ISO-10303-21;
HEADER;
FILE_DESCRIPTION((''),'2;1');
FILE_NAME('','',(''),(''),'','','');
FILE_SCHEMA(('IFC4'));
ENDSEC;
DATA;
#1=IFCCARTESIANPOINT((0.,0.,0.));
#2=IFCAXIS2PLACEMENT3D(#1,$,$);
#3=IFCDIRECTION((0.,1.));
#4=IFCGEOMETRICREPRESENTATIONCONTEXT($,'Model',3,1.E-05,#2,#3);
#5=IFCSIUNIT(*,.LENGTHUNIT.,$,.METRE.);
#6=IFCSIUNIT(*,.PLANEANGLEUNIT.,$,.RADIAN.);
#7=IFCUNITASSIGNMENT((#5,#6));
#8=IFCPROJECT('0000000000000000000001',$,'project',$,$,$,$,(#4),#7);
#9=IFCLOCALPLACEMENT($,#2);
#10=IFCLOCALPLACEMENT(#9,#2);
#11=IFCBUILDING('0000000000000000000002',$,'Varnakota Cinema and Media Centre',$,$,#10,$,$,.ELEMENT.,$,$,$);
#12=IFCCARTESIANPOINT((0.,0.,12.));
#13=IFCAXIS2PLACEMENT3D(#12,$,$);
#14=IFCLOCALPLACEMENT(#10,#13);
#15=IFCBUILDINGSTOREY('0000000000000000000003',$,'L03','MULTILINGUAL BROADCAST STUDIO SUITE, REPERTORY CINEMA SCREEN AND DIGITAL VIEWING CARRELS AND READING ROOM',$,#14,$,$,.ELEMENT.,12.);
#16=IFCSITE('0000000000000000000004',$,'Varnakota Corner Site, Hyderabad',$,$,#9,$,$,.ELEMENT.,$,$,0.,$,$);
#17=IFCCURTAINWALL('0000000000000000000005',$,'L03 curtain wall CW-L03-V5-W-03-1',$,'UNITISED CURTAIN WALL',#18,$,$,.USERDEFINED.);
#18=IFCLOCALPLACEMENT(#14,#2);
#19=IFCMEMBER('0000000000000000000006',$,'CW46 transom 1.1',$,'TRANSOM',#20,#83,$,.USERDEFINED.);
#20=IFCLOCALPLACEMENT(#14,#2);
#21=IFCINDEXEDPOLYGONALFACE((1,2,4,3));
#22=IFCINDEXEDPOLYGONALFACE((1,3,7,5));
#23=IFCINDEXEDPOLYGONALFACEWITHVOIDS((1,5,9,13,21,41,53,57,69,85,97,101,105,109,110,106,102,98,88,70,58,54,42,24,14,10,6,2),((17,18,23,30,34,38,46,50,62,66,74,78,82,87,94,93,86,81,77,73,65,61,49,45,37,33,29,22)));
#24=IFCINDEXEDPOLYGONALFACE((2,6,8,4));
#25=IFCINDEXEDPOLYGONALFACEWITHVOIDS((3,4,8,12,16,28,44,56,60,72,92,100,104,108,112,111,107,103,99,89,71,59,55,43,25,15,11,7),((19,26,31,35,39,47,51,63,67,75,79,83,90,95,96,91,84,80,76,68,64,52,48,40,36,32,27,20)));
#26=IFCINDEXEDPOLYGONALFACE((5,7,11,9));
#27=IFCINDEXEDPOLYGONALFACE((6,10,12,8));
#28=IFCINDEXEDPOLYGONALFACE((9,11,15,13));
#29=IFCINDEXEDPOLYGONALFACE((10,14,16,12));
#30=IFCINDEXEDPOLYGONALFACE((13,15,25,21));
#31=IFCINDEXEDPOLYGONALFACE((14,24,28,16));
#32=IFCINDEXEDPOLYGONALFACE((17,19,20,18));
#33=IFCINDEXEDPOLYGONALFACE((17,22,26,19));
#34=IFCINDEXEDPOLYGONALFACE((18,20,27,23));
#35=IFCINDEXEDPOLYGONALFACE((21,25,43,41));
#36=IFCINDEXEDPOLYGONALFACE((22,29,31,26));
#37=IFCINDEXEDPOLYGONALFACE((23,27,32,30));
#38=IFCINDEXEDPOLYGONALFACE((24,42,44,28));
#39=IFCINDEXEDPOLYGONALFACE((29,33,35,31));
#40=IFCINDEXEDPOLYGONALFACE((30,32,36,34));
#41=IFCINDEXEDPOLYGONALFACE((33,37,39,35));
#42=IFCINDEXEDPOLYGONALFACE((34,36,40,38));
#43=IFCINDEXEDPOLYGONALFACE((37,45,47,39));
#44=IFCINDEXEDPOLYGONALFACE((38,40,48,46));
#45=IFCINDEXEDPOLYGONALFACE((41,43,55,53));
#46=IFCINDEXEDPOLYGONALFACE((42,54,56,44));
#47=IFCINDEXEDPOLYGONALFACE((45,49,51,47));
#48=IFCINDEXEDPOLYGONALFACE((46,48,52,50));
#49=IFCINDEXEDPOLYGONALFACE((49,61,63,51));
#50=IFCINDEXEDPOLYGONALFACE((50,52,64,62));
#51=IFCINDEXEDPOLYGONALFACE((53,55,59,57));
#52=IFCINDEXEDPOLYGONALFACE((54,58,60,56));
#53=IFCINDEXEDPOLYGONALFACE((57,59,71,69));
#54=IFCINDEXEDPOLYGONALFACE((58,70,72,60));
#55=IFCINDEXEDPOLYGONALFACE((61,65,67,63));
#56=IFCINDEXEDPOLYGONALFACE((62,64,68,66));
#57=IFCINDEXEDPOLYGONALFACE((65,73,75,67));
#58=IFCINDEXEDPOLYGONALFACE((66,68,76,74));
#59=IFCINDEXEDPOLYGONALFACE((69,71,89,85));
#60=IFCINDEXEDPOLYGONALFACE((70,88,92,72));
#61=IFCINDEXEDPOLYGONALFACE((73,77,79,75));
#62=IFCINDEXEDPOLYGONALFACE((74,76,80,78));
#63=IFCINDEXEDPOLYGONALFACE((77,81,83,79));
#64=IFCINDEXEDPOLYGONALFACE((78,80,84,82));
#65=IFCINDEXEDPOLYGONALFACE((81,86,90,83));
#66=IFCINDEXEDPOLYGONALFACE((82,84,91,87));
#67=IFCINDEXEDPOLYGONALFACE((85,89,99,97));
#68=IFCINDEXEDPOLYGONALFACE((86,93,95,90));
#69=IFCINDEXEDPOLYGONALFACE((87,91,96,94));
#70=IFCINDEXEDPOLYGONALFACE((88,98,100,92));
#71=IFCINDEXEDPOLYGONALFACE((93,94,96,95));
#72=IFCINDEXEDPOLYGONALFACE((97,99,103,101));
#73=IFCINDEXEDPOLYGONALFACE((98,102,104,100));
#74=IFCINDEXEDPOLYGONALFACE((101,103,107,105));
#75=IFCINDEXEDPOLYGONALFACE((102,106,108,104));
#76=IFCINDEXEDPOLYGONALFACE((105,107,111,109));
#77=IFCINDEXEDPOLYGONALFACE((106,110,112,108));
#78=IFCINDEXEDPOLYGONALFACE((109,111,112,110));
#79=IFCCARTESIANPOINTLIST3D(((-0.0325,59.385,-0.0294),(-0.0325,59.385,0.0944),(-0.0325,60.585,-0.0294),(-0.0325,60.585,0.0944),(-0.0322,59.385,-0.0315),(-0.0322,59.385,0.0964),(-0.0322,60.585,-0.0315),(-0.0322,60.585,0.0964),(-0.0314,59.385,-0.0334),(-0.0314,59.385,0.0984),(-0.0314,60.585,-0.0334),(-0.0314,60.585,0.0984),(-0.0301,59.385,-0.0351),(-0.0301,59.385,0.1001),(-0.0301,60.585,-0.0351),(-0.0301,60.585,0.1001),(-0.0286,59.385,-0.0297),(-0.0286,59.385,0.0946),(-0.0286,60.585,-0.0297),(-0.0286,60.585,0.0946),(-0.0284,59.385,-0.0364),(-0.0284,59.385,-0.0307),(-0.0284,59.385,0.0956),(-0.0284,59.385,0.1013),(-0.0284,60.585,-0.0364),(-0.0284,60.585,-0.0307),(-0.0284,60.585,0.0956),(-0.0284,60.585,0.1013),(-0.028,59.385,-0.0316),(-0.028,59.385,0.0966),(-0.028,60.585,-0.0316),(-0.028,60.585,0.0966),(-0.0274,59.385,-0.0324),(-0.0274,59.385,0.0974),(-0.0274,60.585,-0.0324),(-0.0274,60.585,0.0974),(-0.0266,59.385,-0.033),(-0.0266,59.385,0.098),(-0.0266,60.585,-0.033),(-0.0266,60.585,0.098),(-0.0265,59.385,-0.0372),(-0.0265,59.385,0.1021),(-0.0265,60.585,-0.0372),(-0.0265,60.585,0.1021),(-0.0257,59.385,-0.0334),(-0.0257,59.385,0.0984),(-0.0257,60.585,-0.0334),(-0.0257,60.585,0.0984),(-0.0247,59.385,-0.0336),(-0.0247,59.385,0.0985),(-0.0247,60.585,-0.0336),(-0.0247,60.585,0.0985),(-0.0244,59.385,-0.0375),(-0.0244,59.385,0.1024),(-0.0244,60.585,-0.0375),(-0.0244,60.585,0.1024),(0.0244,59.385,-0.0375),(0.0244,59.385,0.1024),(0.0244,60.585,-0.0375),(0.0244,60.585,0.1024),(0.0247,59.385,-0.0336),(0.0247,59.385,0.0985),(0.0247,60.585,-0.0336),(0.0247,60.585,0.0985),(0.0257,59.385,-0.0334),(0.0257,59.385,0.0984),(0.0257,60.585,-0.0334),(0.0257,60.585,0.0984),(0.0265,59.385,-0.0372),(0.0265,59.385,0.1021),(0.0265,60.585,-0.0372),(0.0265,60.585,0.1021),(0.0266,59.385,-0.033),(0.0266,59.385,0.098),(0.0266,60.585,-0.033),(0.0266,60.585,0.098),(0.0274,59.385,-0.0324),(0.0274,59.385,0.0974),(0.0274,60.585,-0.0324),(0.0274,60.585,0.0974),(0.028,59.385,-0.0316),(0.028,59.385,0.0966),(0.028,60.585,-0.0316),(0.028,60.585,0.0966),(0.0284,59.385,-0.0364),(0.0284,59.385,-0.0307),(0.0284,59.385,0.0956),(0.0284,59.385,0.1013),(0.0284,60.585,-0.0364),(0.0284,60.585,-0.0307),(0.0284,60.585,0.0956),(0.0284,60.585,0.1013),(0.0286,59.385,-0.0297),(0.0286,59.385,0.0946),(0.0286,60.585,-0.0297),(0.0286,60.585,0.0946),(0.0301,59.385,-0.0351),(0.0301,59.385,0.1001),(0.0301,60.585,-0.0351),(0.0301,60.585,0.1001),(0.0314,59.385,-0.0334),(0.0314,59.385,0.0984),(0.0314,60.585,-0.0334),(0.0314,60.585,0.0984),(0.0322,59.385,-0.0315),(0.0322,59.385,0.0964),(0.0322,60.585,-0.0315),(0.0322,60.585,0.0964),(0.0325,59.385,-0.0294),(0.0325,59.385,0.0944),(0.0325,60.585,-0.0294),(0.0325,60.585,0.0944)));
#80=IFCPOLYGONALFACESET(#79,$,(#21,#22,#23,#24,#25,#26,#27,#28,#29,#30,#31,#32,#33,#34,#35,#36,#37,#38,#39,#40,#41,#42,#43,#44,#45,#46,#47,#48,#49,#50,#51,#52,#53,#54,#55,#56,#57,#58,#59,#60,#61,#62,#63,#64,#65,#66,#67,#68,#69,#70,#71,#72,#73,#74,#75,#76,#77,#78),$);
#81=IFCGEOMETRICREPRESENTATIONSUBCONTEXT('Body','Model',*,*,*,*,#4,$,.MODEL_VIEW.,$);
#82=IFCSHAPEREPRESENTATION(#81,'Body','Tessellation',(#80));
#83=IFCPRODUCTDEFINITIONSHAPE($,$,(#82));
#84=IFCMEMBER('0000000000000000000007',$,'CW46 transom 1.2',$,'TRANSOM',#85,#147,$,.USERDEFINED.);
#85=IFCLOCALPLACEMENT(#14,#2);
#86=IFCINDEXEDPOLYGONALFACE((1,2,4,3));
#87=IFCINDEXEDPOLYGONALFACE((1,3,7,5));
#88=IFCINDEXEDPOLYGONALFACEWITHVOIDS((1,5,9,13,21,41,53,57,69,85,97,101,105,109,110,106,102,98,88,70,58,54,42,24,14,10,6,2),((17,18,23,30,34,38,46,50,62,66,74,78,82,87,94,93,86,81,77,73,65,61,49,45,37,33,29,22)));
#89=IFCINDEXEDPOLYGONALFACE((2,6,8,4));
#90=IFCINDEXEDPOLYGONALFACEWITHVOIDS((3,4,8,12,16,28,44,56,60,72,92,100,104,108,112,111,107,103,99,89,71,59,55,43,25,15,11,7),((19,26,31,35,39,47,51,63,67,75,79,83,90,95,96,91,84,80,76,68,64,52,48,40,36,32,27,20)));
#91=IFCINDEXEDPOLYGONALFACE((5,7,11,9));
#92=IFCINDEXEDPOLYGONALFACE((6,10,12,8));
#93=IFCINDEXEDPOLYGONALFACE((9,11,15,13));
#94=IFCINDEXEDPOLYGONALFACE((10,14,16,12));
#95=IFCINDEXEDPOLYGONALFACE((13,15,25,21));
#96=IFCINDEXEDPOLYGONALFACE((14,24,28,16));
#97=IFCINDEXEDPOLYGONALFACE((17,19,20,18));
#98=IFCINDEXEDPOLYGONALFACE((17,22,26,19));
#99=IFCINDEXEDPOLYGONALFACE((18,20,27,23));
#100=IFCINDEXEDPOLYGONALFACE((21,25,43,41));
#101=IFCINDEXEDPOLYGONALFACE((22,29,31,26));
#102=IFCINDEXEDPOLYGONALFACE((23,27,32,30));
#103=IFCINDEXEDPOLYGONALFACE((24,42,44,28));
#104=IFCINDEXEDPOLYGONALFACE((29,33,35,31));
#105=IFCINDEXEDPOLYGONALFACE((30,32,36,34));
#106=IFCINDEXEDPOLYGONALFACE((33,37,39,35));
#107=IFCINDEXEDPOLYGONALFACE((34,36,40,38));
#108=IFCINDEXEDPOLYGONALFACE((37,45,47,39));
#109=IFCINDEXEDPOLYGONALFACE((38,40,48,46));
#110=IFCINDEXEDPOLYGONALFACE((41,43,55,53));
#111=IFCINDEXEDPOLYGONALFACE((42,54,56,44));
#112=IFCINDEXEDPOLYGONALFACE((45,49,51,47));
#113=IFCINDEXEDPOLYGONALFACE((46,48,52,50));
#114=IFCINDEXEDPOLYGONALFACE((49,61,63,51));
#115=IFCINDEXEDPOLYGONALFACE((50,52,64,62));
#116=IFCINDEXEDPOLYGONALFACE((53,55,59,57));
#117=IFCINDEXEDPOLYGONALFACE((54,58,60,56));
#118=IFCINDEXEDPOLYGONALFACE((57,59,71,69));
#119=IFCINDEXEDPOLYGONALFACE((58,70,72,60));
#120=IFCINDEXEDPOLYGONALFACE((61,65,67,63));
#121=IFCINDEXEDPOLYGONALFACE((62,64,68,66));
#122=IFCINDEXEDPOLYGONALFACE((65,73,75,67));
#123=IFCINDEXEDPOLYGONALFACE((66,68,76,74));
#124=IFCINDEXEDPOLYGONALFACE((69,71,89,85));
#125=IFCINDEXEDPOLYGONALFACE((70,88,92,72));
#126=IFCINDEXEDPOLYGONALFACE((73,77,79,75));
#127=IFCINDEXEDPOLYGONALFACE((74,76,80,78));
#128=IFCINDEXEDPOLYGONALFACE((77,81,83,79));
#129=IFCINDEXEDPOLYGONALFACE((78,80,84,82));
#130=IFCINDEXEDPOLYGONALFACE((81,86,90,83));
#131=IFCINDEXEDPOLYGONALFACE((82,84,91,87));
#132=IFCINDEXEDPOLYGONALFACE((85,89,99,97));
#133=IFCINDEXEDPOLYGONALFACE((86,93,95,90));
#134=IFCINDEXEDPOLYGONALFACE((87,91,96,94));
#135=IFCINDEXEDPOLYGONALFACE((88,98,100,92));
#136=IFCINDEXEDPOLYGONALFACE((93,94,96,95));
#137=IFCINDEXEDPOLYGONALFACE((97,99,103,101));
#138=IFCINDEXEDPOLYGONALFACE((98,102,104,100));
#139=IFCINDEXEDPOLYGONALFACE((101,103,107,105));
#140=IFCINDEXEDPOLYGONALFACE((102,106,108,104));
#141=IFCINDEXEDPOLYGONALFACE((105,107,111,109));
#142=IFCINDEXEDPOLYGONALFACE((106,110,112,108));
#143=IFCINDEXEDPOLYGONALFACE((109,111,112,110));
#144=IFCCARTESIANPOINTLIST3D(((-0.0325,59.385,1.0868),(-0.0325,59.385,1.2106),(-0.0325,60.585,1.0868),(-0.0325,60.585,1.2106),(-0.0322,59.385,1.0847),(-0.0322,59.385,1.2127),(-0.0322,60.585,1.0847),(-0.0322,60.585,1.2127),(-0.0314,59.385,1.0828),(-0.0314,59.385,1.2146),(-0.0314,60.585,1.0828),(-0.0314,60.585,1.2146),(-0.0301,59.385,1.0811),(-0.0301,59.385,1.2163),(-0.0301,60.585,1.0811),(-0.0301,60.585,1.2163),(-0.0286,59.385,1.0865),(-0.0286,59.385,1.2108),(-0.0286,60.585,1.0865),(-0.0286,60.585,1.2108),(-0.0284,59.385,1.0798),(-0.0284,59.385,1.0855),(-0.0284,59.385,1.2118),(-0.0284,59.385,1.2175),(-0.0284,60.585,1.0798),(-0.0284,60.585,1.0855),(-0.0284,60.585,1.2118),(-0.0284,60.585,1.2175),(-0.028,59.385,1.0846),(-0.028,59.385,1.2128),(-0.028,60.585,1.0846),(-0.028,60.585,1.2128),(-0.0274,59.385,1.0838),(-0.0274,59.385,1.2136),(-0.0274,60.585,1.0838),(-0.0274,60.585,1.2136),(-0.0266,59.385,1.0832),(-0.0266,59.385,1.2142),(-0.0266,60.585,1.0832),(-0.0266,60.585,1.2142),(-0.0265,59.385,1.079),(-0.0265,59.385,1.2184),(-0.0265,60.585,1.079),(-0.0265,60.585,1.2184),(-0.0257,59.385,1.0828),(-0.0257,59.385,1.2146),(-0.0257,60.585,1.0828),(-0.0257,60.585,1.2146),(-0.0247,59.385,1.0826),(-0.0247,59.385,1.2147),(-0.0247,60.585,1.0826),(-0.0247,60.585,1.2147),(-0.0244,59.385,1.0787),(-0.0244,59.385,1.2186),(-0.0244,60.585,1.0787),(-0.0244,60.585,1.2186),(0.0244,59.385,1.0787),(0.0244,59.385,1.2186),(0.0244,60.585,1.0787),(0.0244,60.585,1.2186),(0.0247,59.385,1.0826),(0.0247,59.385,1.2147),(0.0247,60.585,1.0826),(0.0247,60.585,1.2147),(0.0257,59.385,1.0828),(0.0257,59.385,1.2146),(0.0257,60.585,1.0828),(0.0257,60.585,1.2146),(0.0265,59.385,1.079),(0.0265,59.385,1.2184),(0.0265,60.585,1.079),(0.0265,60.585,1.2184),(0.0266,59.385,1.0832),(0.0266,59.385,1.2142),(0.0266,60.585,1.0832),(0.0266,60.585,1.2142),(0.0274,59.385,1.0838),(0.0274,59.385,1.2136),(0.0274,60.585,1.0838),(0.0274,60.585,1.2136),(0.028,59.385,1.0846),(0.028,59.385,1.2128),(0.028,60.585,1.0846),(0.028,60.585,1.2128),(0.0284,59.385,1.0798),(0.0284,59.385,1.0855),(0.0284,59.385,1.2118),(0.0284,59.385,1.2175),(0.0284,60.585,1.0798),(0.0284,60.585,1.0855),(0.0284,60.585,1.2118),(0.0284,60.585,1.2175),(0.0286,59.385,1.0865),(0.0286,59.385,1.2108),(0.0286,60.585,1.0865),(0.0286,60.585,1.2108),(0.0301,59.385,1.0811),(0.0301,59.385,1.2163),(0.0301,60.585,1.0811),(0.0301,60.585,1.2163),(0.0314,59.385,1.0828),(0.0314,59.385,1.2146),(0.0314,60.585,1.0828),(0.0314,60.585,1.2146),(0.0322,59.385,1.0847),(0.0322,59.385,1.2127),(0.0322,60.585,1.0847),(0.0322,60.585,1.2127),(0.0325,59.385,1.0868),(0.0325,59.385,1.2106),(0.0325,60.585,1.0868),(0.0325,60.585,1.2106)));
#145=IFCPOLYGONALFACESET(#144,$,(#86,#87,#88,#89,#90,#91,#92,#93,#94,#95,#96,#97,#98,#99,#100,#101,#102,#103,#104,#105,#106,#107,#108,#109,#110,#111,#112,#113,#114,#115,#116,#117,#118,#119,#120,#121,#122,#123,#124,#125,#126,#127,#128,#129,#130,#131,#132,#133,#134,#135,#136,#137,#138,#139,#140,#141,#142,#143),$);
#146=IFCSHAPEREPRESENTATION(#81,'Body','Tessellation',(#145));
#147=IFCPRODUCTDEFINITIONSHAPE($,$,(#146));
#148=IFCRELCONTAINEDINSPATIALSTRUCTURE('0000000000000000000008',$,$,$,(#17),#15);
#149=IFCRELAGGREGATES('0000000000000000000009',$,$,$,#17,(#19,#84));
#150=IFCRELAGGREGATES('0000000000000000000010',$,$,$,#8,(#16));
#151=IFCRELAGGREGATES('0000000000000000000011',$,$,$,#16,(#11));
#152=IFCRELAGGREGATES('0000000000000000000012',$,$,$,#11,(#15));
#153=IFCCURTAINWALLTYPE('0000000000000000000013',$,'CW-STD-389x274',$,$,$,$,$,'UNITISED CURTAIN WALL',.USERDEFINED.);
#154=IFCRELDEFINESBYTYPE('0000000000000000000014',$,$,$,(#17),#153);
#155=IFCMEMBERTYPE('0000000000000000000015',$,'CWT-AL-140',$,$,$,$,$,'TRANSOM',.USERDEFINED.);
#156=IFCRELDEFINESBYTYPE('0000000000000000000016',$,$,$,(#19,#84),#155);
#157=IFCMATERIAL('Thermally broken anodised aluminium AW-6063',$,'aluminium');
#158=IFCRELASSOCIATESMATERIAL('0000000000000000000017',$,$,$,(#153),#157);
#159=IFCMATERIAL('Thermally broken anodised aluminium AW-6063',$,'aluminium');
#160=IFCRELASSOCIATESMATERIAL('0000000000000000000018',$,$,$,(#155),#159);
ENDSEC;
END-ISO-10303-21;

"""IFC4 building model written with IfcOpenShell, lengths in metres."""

from ifc_helpers import new_model, si_unit, direction, frame, origin, origin_2d, place, context, subcontext, project, spatial, hollow_rectangle, extrude, material, material_profile, profile_set, type_object, element, aggregate, save


model = new_model("IFC4")

# Units and contexts
model_context = context("Model", 3, precision=1e-05, world=origin(), true_north=direction((0.0, 1.0)))
body_context = subcontext(model_context, "Body", "Model", "MODEL_VIEW")
ifc_project = project(units=[si_unit("LENGTHUNIT", "METRE"), si_unit("PLANEANGLEUNIT", "RADIAN")], contexts=[model_context])

# Site, building, storey
site_placement = place(None, origin())
site = spatial("IfcSite", under=ifc_project, at=site_placement, Name="Varnakota Corner Site, Hyderabad", CompositionType="ELEMENT", RefElevation=0.0)
building_placement = place(site_placement, origin())
building = spatial("IfcBuilding", under=site, at=building_placement, Name="Varnakota Cinema and Media Centre", CompositionType="ELEMENT")
storey_placement = place(building_placement, frame((0.0, 0.0, 12.0)))
storey = spatial("IfcBuildingStorey", under=building, at=storey_placement, Name="L03", Description="MULTILINGUAL BROADCAST STUDIO SUITE, REPERTORY CINEMA SCREEN AND DIGITAL VIEWING CARRELS AND READING ROOM", CompositionType="ELEMENT", Elevation=12.0)

# Shared definitions
ifc_material_1 = material(Name="Thermally broken anodised aluminium AW-6063", Category="aluminium")
curtain_wall_type = type_object("IfcCurtainWallType", Name="CW-STD-389x274", ElementType="UNITISED CURTAIN WALL", PredefinedType="USERDEFINED", material=ifc_material_1)

# Curtain wall, members
curtain_wall_1_placement = place(storey_placement, origin())
curtain_wall_1 = element("IfcCurtainWall", 1, at=curtain_wall_1_placement, inside=storey, type_object=curtain_wall_type, Name="L03 curtain wall CW-L03-V5-W-03-1", ObjectType="UNITISED CURTAIN WALL", PredefinedType="USERDEFINED")
ifc_material_2 = material(Name="Thermally broken anodised aluminium AW-6063", Category="aluminium")
ifc_material_profile_1 = material_profile(ifc_material_2, hollow_rectangle(XDim=0.0649, YDim=0.1399, WallThickness=0.0039, InnerFilletRadius=0.0039, OuterFilletRadius=0.0081, at=origin_2d()), Name="AL-TRANSOM 140x65x4")
ifc_profile_set_1 = profile_set([ifc_material_profile_1], Name="Thermally broken anodised aluminium AW-6063")
member_type_1 = type_object("IfcMemberType", Name="CWT-AL-140", ElementType="TRANSOM", PredefinedType="USERDEFINED", material=ifc_profile_set_1)
member_1_placement = place(storey_placement, frame((0.0, 60.585, 0.0325), z_axis=(0.0, -1.0, 0.0), x_axis=(1.0, 0.0, 0.0)))
member_1 = element("IfcMember", 2, at=member_1_placement, type_object=member_type_1, Name="CW46 transom 1.1", ObjectType="TRANSOM", PredefinedType="USERDEFINED", context=body_context, shape_type="SweptSolid", body=[
    extrude(hollow_rectangle(XDim=0.0649, YDim=0.1399, WallThickness=0.0039, InnerFilletRadius=0.0039, OuterFilletRadius=0.0081, at=origin_2d()), origin(), (0.0, 0.0, 1.0), 1.2),
])
member_2_placement = place(storey_placement, frame((0.0, 60.585, 1.1487), z_axis=(0.0, -1.0, 0.0), x_axis=(1.0, 0.0, 0.0)))
member_2 = element("IfcMember", 3, at=member_2_placement, type_object=member_type_1, Name="CW46 transom 1.2", ObjectType="TRANSOM", PredefinedType="USERDEFINED", context=body_context, shape_type="SweptSolid", body=[
    extrude(hollow_rectangle(XDim=0.0649, YDim=0.1399, WallThickness=0.0039, InnerFilletRadius=0.0039, OuterFilletRadius=0.0081, at=origin_2d()), origin(), (0.0, 0.0, 1.0), 1.2),
])

aggregate(curtain_wall_1, [member_1, member_2])

save(model, "model.ifc")
